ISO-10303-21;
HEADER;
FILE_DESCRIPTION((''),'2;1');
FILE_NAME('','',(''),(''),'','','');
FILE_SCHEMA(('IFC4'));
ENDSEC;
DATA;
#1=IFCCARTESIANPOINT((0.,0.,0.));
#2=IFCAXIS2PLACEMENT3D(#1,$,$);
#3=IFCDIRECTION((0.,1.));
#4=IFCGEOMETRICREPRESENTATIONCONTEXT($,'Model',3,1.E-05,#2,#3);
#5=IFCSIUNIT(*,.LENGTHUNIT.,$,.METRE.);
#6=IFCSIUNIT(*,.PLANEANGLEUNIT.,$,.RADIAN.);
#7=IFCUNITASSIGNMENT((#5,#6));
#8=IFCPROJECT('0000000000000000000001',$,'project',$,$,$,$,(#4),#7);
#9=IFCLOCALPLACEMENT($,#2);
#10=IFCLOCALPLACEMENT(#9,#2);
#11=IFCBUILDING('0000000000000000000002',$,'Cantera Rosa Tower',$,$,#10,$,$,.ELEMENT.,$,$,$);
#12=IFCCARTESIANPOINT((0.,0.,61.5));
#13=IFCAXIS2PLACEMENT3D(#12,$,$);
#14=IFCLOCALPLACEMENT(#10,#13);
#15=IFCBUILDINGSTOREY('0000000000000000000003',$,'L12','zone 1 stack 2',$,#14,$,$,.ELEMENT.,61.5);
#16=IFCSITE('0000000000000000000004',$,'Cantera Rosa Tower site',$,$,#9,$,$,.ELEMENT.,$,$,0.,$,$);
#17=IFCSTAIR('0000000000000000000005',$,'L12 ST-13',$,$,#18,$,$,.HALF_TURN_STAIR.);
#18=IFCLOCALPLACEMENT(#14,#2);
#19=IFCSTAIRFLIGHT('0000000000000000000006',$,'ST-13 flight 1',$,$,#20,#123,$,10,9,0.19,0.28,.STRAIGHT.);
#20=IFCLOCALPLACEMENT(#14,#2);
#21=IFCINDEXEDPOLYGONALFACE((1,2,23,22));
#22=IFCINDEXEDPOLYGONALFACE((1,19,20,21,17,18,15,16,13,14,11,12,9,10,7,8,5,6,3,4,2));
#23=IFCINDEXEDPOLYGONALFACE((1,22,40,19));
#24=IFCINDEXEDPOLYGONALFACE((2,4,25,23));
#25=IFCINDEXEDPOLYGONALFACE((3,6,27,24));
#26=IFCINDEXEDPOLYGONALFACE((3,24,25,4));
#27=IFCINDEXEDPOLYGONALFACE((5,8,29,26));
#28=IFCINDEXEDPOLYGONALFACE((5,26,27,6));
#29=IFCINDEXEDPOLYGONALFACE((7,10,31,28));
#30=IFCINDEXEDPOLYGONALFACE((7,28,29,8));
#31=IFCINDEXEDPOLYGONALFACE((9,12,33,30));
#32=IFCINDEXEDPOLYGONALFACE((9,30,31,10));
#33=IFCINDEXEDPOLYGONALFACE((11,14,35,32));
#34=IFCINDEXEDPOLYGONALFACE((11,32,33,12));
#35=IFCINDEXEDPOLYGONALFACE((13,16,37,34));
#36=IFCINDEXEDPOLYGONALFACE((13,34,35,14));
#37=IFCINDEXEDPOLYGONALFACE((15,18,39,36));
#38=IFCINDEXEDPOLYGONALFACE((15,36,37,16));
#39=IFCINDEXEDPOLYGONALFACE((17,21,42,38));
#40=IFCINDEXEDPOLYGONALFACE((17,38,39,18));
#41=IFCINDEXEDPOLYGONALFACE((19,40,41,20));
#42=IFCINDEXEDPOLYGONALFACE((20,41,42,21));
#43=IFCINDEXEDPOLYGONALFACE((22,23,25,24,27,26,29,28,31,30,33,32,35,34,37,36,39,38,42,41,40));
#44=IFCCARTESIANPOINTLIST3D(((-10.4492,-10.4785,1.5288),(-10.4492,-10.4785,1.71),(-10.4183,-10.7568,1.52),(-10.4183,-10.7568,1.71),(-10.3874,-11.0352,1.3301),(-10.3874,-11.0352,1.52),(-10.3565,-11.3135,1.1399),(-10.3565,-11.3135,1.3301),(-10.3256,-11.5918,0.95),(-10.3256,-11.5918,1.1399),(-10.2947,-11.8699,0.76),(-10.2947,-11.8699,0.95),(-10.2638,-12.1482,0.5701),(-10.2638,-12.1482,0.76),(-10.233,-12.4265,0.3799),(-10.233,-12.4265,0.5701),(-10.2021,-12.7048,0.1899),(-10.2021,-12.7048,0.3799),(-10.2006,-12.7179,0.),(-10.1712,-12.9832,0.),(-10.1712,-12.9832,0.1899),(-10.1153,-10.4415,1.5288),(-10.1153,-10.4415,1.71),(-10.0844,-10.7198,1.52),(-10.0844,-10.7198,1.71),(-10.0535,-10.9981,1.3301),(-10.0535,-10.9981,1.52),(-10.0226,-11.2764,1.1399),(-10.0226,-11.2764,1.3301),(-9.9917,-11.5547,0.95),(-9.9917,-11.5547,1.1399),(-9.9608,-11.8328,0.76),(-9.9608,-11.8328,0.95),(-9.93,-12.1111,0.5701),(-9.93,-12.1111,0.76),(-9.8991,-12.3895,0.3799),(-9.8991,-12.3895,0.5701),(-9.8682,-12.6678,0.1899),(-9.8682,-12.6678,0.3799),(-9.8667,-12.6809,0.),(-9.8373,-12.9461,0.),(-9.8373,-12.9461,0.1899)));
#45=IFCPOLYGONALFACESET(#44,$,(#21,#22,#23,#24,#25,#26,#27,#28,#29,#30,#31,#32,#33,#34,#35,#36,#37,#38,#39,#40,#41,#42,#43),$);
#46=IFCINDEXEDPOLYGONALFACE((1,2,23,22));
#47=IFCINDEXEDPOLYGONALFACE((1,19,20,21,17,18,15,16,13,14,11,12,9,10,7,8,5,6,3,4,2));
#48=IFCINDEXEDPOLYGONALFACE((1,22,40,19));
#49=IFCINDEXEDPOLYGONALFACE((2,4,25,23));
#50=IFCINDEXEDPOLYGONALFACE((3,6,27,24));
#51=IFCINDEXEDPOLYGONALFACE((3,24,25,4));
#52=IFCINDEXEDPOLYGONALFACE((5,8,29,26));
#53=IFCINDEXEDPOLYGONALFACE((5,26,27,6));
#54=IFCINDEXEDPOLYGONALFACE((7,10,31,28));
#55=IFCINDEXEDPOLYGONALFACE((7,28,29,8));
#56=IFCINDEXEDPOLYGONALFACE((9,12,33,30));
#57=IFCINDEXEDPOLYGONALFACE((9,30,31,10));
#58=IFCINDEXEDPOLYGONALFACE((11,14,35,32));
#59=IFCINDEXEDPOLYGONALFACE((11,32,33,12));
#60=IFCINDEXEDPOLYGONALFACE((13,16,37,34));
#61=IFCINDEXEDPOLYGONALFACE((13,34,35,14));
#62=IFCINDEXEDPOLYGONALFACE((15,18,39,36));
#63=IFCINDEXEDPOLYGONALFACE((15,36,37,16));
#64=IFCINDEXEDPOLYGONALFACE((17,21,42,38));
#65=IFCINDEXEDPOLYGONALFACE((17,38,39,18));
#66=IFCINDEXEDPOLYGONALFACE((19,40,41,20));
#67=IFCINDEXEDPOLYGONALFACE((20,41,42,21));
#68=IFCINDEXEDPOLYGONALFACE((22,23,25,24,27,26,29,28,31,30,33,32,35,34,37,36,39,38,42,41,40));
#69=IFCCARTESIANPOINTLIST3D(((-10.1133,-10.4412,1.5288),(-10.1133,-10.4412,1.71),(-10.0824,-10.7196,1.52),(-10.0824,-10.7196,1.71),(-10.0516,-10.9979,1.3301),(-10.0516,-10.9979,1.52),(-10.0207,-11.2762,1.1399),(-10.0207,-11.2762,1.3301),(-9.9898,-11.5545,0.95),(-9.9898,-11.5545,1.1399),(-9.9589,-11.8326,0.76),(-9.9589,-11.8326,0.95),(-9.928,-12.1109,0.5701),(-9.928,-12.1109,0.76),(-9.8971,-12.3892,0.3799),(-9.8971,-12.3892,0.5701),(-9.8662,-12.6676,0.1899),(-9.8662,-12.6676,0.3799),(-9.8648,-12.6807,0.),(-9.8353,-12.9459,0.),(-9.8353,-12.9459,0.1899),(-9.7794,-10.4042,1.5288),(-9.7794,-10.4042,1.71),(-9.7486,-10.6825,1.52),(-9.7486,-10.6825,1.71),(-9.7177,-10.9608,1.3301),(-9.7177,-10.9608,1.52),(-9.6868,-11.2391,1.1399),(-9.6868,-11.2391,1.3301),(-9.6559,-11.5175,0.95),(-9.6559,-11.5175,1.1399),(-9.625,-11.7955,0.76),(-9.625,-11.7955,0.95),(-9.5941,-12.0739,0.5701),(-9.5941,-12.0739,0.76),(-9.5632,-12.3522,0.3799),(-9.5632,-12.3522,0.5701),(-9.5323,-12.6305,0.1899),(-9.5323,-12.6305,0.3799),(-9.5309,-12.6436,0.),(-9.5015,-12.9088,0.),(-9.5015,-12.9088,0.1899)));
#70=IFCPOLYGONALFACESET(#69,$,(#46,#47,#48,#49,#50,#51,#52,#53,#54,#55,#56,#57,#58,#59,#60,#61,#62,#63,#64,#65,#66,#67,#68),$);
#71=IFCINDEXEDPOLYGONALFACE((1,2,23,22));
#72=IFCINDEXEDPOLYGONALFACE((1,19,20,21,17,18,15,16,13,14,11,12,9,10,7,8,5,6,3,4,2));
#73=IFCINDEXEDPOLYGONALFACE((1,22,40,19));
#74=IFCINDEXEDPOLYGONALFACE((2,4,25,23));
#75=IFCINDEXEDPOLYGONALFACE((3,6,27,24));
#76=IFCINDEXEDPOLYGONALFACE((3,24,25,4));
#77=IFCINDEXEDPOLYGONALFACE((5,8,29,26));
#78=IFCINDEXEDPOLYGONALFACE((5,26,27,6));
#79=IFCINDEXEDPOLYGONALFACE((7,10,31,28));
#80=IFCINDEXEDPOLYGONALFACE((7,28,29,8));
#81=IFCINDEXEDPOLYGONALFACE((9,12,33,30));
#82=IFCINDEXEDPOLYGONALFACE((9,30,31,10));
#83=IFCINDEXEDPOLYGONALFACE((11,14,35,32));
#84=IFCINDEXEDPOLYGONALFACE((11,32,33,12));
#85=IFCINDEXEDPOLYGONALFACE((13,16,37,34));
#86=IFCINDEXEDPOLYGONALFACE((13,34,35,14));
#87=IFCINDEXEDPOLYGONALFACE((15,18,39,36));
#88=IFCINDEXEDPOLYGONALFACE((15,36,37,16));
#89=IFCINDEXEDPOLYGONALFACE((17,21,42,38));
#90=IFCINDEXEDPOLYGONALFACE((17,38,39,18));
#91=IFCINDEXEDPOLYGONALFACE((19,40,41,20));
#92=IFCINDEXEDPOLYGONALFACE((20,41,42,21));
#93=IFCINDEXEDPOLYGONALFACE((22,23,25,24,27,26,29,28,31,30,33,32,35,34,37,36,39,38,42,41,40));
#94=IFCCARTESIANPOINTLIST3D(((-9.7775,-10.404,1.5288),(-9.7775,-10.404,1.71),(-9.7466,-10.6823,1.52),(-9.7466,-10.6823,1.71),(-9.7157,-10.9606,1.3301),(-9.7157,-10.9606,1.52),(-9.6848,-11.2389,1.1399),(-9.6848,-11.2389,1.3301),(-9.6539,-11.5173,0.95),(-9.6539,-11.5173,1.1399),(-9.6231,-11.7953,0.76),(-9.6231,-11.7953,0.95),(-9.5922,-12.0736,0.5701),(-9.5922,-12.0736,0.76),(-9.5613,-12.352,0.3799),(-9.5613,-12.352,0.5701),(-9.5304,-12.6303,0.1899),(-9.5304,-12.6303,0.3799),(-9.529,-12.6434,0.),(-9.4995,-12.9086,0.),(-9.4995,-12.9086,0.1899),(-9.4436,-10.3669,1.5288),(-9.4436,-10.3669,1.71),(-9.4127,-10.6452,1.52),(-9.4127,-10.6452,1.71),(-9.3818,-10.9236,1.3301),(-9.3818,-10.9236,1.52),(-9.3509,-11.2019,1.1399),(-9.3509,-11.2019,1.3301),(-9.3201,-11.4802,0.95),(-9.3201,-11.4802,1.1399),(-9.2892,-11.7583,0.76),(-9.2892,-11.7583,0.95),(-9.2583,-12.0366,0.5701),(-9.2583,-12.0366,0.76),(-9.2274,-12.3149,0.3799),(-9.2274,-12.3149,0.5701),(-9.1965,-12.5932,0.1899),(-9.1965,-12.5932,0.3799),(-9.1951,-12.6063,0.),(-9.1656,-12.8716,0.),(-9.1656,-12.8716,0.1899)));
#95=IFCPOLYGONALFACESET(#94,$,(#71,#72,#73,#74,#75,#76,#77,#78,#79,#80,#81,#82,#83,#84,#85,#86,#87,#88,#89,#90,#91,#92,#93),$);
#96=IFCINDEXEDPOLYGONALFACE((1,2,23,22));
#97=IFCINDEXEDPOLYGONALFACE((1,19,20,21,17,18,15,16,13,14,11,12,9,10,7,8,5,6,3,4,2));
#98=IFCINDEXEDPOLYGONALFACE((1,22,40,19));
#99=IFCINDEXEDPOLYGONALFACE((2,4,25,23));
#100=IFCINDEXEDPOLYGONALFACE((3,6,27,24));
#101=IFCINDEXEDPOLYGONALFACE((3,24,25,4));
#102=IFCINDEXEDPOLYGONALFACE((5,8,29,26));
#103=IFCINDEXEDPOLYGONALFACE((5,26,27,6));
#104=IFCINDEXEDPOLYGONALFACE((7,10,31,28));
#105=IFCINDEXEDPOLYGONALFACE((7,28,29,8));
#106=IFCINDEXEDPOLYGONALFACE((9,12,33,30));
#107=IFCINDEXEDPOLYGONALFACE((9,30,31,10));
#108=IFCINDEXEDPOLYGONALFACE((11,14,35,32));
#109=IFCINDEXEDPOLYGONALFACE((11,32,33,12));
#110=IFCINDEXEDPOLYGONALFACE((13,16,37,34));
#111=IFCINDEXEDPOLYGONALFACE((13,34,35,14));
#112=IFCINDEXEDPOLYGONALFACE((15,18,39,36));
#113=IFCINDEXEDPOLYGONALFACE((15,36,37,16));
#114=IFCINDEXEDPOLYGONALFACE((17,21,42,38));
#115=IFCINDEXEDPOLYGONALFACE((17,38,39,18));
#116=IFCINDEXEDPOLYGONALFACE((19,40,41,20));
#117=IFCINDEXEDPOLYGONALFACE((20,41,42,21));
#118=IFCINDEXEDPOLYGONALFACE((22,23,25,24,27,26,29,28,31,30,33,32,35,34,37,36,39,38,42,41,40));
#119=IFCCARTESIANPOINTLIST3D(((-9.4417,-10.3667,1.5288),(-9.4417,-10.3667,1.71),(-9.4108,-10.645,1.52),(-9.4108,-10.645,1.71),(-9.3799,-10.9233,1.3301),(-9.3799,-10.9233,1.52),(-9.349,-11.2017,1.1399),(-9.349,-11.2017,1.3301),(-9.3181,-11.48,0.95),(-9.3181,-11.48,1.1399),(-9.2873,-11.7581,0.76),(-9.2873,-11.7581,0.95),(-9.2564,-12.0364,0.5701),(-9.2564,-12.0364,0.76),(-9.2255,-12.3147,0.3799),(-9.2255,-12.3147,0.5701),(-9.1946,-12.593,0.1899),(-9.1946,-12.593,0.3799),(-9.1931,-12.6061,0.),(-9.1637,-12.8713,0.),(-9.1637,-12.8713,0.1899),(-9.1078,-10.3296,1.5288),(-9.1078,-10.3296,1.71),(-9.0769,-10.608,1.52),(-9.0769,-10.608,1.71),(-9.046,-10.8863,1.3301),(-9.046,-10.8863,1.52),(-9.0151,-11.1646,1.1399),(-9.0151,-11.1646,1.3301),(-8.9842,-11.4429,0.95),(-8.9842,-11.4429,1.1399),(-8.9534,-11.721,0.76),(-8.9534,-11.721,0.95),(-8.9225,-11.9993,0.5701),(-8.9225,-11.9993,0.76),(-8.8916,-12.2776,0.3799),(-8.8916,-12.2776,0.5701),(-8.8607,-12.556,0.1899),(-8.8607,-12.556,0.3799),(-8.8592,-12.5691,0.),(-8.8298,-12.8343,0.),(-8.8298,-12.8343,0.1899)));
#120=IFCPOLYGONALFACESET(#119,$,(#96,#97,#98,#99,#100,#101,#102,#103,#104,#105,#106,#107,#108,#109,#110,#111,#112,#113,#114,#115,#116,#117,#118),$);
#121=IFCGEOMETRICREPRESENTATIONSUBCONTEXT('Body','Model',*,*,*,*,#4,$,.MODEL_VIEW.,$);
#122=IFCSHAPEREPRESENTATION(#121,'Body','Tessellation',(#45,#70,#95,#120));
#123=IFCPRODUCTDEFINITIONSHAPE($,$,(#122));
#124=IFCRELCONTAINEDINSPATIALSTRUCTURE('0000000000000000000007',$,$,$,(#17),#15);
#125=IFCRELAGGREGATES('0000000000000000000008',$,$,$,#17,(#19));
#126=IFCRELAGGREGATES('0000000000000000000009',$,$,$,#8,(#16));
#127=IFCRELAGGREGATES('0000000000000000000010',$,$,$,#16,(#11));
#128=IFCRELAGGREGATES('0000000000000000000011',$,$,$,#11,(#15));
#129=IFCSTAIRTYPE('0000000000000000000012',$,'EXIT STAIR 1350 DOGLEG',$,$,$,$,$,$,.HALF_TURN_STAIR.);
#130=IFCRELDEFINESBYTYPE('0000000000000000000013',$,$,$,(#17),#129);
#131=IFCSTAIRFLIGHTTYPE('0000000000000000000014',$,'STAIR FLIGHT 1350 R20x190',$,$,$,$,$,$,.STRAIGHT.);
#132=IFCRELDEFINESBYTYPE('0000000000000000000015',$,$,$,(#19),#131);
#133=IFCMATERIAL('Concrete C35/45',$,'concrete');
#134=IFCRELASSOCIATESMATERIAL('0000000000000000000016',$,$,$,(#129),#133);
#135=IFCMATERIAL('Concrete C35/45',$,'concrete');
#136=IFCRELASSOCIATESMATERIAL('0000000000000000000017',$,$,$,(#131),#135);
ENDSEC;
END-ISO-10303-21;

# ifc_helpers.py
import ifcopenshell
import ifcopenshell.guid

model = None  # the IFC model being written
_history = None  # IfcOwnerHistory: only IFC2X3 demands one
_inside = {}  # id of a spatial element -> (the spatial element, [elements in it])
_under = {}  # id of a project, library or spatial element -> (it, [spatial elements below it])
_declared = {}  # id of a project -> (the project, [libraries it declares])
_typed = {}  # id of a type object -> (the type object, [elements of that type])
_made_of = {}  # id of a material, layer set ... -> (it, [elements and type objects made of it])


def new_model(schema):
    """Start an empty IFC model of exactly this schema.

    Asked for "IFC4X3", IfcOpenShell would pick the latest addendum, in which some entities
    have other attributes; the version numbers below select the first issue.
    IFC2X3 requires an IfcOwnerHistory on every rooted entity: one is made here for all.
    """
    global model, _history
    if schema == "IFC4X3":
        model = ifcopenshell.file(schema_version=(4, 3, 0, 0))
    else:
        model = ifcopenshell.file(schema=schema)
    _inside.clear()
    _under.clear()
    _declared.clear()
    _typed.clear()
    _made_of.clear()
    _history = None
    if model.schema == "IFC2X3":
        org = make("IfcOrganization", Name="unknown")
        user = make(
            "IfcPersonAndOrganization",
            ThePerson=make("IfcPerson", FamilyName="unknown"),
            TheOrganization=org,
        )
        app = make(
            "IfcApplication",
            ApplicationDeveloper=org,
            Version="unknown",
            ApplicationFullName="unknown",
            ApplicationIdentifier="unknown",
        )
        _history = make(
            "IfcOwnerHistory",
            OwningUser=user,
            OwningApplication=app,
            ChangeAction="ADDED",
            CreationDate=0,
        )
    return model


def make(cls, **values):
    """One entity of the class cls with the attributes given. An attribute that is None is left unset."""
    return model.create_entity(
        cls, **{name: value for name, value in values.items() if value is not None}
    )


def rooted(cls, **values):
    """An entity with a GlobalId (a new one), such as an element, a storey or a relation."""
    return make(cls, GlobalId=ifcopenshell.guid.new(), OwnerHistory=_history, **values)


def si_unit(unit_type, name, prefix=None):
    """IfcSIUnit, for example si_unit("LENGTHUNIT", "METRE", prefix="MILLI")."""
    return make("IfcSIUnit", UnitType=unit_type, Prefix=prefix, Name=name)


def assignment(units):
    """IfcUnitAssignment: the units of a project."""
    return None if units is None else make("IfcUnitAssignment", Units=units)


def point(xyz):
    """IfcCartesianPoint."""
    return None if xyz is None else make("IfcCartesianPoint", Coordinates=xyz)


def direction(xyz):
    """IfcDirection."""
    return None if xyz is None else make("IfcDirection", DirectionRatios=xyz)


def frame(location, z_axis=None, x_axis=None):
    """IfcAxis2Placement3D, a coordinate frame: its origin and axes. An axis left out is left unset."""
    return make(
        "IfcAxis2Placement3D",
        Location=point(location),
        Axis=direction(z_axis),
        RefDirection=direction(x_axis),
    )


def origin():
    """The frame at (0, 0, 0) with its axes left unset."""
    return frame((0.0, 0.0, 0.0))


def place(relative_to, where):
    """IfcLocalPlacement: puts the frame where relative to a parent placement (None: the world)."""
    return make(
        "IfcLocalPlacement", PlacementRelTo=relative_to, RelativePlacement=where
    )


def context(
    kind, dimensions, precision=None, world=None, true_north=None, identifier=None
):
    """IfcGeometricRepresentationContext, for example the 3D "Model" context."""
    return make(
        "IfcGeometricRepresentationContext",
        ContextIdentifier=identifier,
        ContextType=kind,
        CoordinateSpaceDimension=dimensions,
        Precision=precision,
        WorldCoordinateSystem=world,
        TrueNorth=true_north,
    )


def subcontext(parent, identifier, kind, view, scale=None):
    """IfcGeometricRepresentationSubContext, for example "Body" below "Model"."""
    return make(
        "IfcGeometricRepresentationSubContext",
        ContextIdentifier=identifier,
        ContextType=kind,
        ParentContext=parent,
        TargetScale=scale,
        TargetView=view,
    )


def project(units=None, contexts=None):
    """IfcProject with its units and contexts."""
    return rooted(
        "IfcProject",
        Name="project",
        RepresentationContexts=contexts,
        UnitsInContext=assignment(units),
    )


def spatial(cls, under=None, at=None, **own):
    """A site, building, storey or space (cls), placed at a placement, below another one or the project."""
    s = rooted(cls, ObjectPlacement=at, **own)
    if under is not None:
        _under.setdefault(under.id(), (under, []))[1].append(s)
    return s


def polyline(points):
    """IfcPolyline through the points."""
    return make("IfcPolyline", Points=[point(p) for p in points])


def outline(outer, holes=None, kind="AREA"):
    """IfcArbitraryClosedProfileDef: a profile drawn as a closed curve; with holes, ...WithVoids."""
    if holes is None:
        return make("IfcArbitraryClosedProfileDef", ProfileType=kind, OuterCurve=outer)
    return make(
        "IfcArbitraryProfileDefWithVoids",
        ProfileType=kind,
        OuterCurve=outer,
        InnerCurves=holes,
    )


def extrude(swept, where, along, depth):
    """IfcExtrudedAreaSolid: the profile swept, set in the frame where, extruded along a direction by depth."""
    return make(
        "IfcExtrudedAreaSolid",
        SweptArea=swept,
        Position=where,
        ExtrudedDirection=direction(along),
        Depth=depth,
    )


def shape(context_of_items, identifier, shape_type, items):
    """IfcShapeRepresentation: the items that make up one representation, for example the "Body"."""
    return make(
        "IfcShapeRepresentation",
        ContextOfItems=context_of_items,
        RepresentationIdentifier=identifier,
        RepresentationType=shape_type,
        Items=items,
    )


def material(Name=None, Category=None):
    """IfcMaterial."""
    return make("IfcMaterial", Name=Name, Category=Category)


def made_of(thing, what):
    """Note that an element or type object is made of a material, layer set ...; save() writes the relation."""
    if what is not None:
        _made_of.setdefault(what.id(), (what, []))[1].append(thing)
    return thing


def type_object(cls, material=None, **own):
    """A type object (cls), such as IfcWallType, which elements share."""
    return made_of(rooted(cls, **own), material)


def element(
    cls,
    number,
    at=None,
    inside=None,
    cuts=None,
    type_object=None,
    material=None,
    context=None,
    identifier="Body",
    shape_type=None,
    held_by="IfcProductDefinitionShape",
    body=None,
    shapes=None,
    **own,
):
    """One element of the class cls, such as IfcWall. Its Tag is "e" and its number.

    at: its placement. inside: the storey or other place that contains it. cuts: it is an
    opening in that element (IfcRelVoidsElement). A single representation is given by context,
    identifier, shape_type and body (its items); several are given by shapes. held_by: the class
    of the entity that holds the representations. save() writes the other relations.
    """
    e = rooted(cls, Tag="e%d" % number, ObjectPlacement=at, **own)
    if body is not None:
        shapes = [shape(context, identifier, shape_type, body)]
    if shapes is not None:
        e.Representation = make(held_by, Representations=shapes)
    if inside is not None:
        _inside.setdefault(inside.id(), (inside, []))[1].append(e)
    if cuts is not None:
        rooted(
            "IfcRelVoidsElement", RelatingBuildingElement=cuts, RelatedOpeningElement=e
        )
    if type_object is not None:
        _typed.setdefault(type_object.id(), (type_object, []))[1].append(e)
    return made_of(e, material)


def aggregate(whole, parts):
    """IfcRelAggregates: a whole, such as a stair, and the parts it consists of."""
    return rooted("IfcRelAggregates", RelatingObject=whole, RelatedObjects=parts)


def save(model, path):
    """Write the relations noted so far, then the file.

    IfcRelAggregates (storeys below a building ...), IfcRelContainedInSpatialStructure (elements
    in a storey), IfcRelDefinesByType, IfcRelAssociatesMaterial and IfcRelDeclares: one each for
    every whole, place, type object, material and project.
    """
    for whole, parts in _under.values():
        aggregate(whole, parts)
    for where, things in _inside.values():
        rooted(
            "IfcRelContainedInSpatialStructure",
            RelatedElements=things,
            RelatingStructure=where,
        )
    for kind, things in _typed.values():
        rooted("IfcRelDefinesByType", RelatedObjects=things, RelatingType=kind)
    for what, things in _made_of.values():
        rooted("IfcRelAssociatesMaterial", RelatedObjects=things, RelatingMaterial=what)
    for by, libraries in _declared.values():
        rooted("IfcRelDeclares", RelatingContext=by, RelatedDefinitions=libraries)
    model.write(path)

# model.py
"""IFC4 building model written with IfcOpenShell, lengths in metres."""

from ifc_helpers import new_model, si_unit, direction, frame, origin, place, context, subcontext, project, spatial, polyline, outline, extrude, material, type_object, element, aggregate, save


model = new_model("IFC4")

# Units and contexts
model_context = context("Model", 3, precision=1e-05, world=origin(), true_north=direction((0.0, 1.0)))
body_context = subcontext(model_context, "Body", "Model", "MODEL_VIEW")
ifc_project = project(units=[si_unit("LENGTHUNIT", "METRE"), si_unit("PLANEANGLEUNIT", "RADIAN")], contexts=[model_context])

# Site, building, storey
site_placement = place(None, origin())
site = spatial("IfcSite", under=ifc_project, at=site_placement, Name="Cantera Rosa Tower site", CompositionType="ELEMENT", RefElevation=0.0)
building_placement = place(site_placement, origin())
building = spatial("IfcBuilding", under=site, at=building_placement, Name="Cantera Rosa Tower", CompositionType="ELEMENT")
storey_placement = place(building_placement, frame((0.0, 0.0, 61.5)))
storey = spatial("IfcBuildingStorey", under=building, at=storey_placement, Name="L12", Description="zone 1 stack 2", CompositionType="ELEMENT", Elevation=61.5)

# Stair, stair flight
ifc_material_1 = material(Name="Concrete C35/45", Category="concrete")
stair_type = type_object("IfcStairType", Name="EXIT STAIR 1350 DOGLEG", PredefinedType="HALF_TURN_STAIR", material=ifc_material_1)
stair_placement = place(storey_placement, origin())
stair = element("IfcStair", 1, at=stair_placement, inside=storey, type_object=stair_type, Name="L12 ST-13", PredefinedType="HALF_TURN_STAIR")
ifc_material_2 = material(Name="Concrete C35/45", Category="concrete")
stair_flight_type = type_object("IfcStairFlightType", Name="STAIR FLIGHT 1350 R20x190", PredefinedType="STRAIGHT", material=ifc_material_2)
stair_flight_1_placement = place(storey_placement, frame((-9.5002, -12.9087, 0.0), z_axis=(0.0, 0.0, 1.0), x_axis=(-0.110313, 0.993897, 0.0)))
stair_flight_1 = element("IfcStairFlight", 2, at=stair_flight_1_placement, type_object=stair_flight_type, Name="ST-13 flight 1", NumberOfRisers=10, NumberOfTreads=9, PredefinedType="STRAIGHT", RiserHeight=0.19, TreadLength=0.28, context=body_context, shape_type="SweptSolid", body=[
    extrude(outline(polyline([(0.0, 0.0), (0.0, 0.1899), (0.28, 0.1899), (0.28, 0.3799), (0.5601, 0.3799), (0.5601, 0.5701), (0.8401, 0.5701), (0.8401, 0.76), (1.1201, 0.76), (1.1201, 0.95), (1.3999, 0.95), (1.3999, 1.1399), (1.6799, 1.1399), (1.6799, 1.3301), (1.96, 1.3301), (1.96, 1.52), (2.24, 1.52), (2.24, 1.71), (2.52, 1.71), (2.52, 1.8999), (2.52, 1.5288), (0.2668, 0.0), (0.0, 0.0)])), frame((0.0, 0.675, 0.0), z_axis=(0.0, -1.0, 0.0), x_axis=(1.0, 0.0, 0.0)), (0.0, 0.0, 1.0), 0.3359),
    extrude(outline(polyline([(0.0, 0.0), (0.0, 0.1899), (0.28, 0.1899), (0.28, 0.3799), (0.5601, 0.3799), (0.5601, 0.5701), (0.8401, 0.5701), (0.8401, 0.76), (1.1201, 0.76), (1.1201, 0.95), (1.3999, 0.95), (1.3999, 1.1399), (1.6799, 1.1399), (1.6799, 1.3301), (1.96, 1.3301), (1.96, 1.52), (2.24, 1.52), (2.24, 1.71), (2.52, 1.71), (2.52, 1.8999), (2.52, 1.5288), (0.2668, 0.0), (0.0, 0.0)])), frame((0.0, 0.3372, 0.0), z_axis=(0.0, -1.0, 0.0), x_axis=(1.0, 0.0, 0.0)), (0.0, 0.0, 1.0), 0.3359),
    extrude(outline(polyline([(0.0, 0.0), (0.0, 0.1899), (0.28, 0.1899), (0.28, 0.3799), (0.5601, 0.3799), (0.5601, 0.5701), (0.8401, 0.5701), (0.8401, 0.76), (1.1201, 0.76), (1.1201, 0.95), (1.3999, 0.95), (1.3999, 1.1399), (1.6799, 1.1399), (1.6799, 1.3301), (1.96, 1.3301), (1.96, 1.52), (2.24, 1.52), (2.24, 1.71), (2.52, 1.71), (2.52, 1.8999), (2.52, 1.5288), (0.2668, 0.0), (0.0, 0.0)])), frame((0.0, -0.0007, 0.0), z_axis=(0.0, -1.0, 0.0), x_axis=(1.0, 0.0, 0.0)), (0.0, 0.0, 1.0), 0.3359),
    extrude(outline(polyline([(0.0, 0.0), (0.0, 0.1899), (0.28, 0.1899), (0.28, 0.3799), (0.5601, 0.3799), (0.5601, 0.5701), (0.8401, 0.5701), (0.8401, 0.76), (1.1201, 0.76), (1.1201, 0.95), (1.3999, 0.95), (1.3999, 1.1399), (1.6799, 1.1399), (1.6799, 1.3301), (1.96, 1.3301), (1.96, 1.52), (2.24, 1.52), (2.24, 1.71), (2.52, 1.71), (2.52, 1.8999), (2.52, 1.5288), (0.2668, 0.0), (0.0, 0.0)])), frame((0.0, -0.3386, 0.0), z_axis=(0.0, -1.0, 0.0), x_axis=(1.0, 0.0, 0.0)), (0.0, 0.0, 1.0), 0.3359),
])
aggregate(stair, [stair_flight_1])

save(model, "model.ifc")
